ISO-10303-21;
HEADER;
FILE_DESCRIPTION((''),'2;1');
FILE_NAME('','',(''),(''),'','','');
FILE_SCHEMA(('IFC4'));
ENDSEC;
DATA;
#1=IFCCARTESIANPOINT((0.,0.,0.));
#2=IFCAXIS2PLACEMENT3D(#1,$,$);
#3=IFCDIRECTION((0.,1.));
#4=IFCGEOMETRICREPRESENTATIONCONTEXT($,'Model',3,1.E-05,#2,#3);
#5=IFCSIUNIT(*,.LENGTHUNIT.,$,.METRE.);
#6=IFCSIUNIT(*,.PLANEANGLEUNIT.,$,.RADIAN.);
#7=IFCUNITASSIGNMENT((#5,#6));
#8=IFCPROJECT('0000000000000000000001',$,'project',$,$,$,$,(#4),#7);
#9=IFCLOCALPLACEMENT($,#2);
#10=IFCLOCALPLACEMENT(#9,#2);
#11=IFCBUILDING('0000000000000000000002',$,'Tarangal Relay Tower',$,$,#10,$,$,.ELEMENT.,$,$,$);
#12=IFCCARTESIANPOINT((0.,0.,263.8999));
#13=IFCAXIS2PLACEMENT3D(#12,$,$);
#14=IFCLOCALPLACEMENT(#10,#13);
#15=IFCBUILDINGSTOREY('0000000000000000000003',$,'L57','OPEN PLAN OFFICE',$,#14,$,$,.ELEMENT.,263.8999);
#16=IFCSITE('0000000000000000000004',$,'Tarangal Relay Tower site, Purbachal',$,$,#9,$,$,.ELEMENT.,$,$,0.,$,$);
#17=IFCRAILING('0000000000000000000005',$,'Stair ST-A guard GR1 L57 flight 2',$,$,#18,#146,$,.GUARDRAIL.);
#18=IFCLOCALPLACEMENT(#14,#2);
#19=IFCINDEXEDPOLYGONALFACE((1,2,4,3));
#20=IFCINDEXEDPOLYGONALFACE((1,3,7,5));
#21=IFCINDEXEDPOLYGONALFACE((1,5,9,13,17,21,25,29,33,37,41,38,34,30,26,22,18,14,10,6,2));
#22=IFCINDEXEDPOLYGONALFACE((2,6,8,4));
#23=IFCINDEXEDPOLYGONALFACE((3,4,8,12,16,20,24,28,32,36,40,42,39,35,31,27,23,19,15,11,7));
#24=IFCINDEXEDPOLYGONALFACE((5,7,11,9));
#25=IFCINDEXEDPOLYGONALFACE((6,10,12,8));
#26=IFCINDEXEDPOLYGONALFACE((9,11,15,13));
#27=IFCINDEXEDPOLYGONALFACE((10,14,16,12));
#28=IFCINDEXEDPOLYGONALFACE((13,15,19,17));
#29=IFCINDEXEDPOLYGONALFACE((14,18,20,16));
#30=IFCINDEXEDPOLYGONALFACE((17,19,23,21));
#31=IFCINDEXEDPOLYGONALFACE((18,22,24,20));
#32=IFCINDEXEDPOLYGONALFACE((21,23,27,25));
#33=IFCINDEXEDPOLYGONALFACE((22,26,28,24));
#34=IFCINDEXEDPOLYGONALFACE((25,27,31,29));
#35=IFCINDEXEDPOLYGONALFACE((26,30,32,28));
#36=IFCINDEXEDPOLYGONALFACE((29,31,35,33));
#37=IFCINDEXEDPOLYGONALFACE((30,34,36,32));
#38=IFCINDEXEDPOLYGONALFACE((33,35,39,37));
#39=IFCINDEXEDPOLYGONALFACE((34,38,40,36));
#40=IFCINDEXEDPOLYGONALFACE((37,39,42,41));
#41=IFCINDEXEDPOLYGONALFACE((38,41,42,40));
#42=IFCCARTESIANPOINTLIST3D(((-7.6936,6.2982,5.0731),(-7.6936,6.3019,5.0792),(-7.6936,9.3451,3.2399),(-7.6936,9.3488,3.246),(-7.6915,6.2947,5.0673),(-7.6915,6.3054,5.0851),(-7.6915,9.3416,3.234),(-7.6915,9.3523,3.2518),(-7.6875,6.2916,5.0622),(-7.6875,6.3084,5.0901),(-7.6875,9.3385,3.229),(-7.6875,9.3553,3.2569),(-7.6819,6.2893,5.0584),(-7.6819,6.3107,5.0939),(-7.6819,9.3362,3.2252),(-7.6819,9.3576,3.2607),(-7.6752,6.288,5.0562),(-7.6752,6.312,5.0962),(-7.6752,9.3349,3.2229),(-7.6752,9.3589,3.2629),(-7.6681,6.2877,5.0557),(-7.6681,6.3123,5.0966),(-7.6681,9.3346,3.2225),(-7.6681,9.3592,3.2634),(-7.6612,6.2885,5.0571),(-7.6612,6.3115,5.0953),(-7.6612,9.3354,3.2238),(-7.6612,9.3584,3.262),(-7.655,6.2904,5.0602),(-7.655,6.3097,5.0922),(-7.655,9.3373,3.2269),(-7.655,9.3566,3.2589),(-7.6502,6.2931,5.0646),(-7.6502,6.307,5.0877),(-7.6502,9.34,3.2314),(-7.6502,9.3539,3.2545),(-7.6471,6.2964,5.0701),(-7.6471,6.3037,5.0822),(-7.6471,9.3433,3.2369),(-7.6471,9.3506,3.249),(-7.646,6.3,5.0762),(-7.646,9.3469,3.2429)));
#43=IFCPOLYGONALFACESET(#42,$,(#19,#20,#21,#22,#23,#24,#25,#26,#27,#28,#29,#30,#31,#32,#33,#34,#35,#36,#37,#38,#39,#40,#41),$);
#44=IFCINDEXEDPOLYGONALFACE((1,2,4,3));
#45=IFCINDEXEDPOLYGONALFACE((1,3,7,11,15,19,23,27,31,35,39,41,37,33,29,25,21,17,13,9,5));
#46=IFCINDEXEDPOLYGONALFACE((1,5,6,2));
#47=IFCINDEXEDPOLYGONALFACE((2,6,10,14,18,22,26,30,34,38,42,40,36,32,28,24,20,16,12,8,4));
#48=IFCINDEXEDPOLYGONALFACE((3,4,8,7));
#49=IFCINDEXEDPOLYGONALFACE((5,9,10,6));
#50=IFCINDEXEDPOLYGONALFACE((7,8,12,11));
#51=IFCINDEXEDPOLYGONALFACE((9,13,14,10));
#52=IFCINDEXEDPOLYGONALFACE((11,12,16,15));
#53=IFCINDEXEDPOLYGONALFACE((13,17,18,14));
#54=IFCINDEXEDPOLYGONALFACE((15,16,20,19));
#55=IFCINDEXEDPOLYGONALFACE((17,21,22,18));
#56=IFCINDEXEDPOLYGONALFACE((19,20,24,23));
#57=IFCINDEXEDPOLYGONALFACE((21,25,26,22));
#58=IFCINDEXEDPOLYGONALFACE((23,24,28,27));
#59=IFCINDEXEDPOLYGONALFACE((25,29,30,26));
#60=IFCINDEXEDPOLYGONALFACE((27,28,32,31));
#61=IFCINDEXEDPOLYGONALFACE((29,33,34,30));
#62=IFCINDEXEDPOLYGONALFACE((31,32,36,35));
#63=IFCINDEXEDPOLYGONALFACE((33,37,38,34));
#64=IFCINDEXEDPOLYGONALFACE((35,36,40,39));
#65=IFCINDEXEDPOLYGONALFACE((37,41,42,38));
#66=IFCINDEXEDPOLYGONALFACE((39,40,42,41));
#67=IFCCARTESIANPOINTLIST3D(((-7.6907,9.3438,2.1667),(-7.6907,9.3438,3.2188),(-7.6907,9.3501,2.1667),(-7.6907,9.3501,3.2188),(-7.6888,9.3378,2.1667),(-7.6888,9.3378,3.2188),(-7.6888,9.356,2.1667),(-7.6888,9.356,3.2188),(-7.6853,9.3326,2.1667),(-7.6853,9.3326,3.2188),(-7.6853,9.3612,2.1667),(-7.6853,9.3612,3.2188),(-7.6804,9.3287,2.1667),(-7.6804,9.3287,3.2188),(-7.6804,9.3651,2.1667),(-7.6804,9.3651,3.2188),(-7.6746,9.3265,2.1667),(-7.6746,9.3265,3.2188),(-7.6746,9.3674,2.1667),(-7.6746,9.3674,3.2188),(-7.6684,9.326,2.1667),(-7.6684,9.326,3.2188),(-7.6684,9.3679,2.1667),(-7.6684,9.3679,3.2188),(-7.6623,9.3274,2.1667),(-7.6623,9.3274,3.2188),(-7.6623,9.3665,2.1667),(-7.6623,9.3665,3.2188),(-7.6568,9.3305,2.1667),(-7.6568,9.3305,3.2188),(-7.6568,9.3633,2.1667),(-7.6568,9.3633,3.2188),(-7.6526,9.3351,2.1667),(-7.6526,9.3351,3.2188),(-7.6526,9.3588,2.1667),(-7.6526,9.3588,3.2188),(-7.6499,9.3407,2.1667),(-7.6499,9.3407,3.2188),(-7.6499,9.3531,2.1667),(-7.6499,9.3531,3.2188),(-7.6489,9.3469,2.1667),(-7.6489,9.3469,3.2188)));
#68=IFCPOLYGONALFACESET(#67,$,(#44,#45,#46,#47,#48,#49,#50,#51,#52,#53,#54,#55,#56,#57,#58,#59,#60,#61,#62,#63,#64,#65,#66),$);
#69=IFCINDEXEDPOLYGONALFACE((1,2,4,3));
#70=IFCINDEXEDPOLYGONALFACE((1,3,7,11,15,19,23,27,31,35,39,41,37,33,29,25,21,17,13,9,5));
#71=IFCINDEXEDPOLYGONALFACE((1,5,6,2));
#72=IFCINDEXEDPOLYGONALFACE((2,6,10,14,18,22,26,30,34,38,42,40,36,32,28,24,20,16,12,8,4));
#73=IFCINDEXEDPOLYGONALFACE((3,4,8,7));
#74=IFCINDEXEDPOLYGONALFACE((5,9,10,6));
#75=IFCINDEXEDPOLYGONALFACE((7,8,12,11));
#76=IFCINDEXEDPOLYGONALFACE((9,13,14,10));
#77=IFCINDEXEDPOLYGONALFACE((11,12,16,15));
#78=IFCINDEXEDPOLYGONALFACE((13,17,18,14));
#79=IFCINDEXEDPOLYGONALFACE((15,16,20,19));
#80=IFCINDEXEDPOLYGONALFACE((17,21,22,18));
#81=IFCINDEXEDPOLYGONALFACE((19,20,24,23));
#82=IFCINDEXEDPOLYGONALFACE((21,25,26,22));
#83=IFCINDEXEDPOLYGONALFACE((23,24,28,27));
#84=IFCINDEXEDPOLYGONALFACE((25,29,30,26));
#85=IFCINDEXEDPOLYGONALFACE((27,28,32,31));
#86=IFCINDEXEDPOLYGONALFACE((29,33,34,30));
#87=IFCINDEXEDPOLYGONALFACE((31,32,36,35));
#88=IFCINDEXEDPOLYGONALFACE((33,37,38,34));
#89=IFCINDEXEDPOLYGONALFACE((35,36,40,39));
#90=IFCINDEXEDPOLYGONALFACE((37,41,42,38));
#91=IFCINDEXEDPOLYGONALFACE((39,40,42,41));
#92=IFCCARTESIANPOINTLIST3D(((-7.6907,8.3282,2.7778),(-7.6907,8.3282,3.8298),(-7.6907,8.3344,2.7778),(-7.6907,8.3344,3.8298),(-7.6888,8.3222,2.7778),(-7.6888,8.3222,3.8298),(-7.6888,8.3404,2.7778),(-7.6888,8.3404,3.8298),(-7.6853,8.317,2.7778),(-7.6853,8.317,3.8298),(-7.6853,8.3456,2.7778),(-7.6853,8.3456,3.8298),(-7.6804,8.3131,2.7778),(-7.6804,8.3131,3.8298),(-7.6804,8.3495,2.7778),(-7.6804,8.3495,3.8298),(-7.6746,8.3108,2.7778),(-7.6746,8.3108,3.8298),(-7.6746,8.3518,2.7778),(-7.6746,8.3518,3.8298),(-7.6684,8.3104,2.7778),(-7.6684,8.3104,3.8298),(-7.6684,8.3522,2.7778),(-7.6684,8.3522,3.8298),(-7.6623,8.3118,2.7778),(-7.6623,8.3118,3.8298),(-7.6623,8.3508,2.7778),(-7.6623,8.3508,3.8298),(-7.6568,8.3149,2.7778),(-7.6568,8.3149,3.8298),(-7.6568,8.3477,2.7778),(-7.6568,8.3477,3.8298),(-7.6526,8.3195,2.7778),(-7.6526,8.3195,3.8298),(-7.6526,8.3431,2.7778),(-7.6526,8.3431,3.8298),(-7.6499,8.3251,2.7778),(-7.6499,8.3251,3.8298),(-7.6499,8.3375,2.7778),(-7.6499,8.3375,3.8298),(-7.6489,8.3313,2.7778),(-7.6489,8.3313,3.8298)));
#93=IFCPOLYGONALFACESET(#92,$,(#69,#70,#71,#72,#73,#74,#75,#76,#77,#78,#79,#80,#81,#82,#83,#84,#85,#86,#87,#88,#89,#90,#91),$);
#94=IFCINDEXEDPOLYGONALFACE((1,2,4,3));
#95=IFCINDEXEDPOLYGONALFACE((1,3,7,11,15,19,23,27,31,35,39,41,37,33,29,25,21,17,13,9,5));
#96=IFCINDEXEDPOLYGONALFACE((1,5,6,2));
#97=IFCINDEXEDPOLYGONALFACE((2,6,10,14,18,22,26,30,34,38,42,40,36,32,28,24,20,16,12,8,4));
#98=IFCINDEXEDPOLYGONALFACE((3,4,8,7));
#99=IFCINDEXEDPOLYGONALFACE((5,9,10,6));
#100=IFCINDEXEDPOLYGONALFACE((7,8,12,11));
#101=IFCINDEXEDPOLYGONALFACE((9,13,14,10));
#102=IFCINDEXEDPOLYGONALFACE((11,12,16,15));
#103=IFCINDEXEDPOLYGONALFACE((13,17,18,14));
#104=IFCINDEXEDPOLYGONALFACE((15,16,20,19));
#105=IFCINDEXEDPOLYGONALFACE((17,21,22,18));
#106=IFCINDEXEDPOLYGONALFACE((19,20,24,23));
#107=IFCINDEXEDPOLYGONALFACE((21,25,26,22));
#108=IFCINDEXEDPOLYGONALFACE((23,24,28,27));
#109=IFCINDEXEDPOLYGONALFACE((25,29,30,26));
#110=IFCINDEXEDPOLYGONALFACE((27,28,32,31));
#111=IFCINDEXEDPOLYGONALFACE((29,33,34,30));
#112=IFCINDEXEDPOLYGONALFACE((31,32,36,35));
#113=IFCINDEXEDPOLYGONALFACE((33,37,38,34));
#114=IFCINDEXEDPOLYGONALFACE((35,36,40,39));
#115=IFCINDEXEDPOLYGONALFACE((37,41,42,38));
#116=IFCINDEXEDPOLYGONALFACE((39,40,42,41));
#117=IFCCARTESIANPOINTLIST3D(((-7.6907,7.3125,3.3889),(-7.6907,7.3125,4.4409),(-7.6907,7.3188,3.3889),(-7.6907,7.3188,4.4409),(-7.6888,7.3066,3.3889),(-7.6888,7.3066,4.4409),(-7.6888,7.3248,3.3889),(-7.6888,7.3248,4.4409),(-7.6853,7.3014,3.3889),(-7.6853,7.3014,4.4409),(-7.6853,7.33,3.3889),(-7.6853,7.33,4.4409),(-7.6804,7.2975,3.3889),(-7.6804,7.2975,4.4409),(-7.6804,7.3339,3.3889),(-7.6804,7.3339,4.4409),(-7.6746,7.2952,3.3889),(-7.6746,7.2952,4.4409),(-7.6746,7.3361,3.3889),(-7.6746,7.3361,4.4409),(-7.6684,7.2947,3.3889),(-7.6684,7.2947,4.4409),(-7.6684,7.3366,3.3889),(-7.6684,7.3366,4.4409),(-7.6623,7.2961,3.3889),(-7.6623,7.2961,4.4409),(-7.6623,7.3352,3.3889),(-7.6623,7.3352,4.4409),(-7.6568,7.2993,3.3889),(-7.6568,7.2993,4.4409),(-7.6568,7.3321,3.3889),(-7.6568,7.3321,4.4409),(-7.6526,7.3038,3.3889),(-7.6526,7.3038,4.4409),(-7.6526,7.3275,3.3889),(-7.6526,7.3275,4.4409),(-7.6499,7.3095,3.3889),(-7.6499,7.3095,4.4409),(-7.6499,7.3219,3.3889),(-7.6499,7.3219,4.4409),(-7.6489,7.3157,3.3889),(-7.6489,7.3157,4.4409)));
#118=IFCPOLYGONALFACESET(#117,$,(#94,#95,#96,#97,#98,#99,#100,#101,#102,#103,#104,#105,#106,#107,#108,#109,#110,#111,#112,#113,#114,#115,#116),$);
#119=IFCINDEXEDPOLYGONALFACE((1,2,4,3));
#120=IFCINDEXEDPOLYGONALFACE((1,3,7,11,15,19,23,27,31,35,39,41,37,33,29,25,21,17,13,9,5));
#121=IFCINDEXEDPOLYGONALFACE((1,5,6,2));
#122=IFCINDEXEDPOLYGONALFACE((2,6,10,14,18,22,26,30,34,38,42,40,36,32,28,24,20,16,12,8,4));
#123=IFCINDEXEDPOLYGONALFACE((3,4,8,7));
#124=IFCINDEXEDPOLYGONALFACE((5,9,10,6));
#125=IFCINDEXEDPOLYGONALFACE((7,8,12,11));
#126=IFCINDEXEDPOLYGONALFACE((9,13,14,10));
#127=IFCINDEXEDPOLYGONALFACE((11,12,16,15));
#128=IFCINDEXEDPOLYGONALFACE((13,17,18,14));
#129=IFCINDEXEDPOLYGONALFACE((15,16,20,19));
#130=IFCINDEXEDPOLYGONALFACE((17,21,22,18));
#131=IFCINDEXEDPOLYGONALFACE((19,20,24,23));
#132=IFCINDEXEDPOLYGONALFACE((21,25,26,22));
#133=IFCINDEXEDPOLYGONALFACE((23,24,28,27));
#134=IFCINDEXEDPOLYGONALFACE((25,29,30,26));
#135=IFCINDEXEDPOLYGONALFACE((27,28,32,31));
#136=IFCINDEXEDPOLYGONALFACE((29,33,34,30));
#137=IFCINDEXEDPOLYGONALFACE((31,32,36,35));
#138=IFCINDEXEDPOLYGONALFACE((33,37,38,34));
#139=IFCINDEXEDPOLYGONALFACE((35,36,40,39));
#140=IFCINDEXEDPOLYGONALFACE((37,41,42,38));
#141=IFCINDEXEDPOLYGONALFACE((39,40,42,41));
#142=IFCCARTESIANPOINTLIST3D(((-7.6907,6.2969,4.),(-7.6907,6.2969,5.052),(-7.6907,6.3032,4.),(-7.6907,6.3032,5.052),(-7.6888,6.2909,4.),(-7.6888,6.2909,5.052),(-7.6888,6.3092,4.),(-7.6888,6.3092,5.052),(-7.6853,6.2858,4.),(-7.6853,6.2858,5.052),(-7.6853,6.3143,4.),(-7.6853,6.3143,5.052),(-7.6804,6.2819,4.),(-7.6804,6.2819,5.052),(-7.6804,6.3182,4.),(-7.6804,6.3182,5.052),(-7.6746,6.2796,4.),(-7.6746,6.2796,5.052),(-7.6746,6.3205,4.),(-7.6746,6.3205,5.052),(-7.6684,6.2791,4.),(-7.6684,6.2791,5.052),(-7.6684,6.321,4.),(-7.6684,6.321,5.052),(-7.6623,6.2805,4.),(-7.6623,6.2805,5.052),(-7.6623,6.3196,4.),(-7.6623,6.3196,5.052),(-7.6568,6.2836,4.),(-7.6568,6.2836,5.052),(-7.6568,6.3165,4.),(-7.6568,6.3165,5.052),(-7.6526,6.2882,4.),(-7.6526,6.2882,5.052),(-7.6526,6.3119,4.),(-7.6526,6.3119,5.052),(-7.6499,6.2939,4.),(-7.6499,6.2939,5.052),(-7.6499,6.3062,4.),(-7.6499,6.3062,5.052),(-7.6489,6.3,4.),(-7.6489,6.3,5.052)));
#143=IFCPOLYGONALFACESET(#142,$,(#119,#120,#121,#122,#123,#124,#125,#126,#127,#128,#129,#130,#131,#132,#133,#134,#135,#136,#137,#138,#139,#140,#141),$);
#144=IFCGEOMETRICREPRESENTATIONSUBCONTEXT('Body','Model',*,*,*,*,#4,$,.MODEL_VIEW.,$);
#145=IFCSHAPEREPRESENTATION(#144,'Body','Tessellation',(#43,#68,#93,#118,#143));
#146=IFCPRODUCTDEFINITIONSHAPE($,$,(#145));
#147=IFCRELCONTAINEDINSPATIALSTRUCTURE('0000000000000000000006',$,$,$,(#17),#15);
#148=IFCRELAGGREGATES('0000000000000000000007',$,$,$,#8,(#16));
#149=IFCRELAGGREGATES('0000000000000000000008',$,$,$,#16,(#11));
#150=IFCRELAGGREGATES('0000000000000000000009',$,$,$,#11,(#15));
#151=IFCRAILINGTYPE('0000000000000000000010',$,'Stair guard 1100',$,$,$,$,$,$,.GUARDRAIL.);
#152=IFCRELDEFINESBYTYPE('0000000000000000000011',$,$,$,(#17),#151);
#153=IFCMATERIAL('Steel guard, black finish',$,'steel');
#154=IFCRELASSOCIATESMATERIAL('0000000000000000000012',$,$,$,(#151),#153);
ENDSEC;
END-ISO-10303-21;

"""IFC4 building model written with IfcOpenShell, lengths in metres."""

from ifc_helpers import new_model, si_unit, direction, frame, origin, origin_2d, place, context, subcontext, project, spatial, circle, extrude, material, type_object, element, save


model = new_model("IFC4")

# Units and contexts
model_context = context("Model", 3, precision=1e-05, world=origin(), true_north=direction((0.0, 1.0)))
body_context = subcontext(model_context, "Body", "Model", "MODEL_VIEW")
ifc_project = project(units=[si_unit("LENGTHUNIT", "METRE"), si_unit("PLANEANGLEUNIT", "RADIAN")], contexts=[model_context])

# Site, building, storey
site_placement = place(None, origin())
site = spatial("IfcSite", under=ifc_project, at=site_placement, Name="Tarangal Relay Tower site, Purbachal", CompositionType="ELEMENT", RefElevation=0.0)
building_placement = place(site_placement, origin())
building = spatial("IfcBuilding", under=site, at=building_placement, Name="Tarangal Relay Tower", CompositionType="ELEMENT")
storey_placement = place(building_placement, frame((0.0, 0.0, 263.8999)))
storey = spatial("IfcBuildingStorey", under=building, at=storey_placement, Name="L57", Description="OPEN PLAN OFFICE", CompositionType="ELEMENT", Elevation=263.8999)

# Railing
ifc_material_1 = material(Name="Steel guard, black finish", Category="steel")
railing_type_1 = type_object("IfcRailingType", Name="Stair guard 1100", PredefinedType="GUARDRAIL", material=ifc_material_1)
railing_1_placement = place(storey_placement, frame((-7.6699, 9.3469, 2.1667)))
element("IfcRailing", 1, at=railing_1_placement, inside=storey, type_object=railing_type_1, Name="Stair ST-A guard GR1 L57 flight 2", PredefinedType="GUARDRAIL", context=body_context, shape_type="SweptSolid", body=[
    extrude(circle(Radius=0.0239, at=origin_2d()), frame((0.0, 0.0, 1.0762), z_axis=(0.0, -0.856856, 0.515556), x_axis=(1.0, 0.0, 0.0)), (0.0, 0.0, 1.0), 3.5559),
    extrude(circle(Radius=0.021, at=origin_2d()), origin(), (0.0, 0.0, 1.0), 1.052),
    extrude(circle(Radius=0.021, at=origin_2d()), frame((0.0, -1.0156, 0.6111)), (0.0, 0.0, 1.0), 1.052),
    extrude(circle(Radius=0.021, at=origin_2d()), frame((0.0, -2.0312, 1.2222)), (0.0, 0.0, 1.0), 1.052),
    extrude(circle(Radius=0.021, at=origin_2d()), frame((0.0, -3.0469, 1.8333)), (0.0, 0.0, 1.0), 1.052),
])

save(model, "model.ifc")
